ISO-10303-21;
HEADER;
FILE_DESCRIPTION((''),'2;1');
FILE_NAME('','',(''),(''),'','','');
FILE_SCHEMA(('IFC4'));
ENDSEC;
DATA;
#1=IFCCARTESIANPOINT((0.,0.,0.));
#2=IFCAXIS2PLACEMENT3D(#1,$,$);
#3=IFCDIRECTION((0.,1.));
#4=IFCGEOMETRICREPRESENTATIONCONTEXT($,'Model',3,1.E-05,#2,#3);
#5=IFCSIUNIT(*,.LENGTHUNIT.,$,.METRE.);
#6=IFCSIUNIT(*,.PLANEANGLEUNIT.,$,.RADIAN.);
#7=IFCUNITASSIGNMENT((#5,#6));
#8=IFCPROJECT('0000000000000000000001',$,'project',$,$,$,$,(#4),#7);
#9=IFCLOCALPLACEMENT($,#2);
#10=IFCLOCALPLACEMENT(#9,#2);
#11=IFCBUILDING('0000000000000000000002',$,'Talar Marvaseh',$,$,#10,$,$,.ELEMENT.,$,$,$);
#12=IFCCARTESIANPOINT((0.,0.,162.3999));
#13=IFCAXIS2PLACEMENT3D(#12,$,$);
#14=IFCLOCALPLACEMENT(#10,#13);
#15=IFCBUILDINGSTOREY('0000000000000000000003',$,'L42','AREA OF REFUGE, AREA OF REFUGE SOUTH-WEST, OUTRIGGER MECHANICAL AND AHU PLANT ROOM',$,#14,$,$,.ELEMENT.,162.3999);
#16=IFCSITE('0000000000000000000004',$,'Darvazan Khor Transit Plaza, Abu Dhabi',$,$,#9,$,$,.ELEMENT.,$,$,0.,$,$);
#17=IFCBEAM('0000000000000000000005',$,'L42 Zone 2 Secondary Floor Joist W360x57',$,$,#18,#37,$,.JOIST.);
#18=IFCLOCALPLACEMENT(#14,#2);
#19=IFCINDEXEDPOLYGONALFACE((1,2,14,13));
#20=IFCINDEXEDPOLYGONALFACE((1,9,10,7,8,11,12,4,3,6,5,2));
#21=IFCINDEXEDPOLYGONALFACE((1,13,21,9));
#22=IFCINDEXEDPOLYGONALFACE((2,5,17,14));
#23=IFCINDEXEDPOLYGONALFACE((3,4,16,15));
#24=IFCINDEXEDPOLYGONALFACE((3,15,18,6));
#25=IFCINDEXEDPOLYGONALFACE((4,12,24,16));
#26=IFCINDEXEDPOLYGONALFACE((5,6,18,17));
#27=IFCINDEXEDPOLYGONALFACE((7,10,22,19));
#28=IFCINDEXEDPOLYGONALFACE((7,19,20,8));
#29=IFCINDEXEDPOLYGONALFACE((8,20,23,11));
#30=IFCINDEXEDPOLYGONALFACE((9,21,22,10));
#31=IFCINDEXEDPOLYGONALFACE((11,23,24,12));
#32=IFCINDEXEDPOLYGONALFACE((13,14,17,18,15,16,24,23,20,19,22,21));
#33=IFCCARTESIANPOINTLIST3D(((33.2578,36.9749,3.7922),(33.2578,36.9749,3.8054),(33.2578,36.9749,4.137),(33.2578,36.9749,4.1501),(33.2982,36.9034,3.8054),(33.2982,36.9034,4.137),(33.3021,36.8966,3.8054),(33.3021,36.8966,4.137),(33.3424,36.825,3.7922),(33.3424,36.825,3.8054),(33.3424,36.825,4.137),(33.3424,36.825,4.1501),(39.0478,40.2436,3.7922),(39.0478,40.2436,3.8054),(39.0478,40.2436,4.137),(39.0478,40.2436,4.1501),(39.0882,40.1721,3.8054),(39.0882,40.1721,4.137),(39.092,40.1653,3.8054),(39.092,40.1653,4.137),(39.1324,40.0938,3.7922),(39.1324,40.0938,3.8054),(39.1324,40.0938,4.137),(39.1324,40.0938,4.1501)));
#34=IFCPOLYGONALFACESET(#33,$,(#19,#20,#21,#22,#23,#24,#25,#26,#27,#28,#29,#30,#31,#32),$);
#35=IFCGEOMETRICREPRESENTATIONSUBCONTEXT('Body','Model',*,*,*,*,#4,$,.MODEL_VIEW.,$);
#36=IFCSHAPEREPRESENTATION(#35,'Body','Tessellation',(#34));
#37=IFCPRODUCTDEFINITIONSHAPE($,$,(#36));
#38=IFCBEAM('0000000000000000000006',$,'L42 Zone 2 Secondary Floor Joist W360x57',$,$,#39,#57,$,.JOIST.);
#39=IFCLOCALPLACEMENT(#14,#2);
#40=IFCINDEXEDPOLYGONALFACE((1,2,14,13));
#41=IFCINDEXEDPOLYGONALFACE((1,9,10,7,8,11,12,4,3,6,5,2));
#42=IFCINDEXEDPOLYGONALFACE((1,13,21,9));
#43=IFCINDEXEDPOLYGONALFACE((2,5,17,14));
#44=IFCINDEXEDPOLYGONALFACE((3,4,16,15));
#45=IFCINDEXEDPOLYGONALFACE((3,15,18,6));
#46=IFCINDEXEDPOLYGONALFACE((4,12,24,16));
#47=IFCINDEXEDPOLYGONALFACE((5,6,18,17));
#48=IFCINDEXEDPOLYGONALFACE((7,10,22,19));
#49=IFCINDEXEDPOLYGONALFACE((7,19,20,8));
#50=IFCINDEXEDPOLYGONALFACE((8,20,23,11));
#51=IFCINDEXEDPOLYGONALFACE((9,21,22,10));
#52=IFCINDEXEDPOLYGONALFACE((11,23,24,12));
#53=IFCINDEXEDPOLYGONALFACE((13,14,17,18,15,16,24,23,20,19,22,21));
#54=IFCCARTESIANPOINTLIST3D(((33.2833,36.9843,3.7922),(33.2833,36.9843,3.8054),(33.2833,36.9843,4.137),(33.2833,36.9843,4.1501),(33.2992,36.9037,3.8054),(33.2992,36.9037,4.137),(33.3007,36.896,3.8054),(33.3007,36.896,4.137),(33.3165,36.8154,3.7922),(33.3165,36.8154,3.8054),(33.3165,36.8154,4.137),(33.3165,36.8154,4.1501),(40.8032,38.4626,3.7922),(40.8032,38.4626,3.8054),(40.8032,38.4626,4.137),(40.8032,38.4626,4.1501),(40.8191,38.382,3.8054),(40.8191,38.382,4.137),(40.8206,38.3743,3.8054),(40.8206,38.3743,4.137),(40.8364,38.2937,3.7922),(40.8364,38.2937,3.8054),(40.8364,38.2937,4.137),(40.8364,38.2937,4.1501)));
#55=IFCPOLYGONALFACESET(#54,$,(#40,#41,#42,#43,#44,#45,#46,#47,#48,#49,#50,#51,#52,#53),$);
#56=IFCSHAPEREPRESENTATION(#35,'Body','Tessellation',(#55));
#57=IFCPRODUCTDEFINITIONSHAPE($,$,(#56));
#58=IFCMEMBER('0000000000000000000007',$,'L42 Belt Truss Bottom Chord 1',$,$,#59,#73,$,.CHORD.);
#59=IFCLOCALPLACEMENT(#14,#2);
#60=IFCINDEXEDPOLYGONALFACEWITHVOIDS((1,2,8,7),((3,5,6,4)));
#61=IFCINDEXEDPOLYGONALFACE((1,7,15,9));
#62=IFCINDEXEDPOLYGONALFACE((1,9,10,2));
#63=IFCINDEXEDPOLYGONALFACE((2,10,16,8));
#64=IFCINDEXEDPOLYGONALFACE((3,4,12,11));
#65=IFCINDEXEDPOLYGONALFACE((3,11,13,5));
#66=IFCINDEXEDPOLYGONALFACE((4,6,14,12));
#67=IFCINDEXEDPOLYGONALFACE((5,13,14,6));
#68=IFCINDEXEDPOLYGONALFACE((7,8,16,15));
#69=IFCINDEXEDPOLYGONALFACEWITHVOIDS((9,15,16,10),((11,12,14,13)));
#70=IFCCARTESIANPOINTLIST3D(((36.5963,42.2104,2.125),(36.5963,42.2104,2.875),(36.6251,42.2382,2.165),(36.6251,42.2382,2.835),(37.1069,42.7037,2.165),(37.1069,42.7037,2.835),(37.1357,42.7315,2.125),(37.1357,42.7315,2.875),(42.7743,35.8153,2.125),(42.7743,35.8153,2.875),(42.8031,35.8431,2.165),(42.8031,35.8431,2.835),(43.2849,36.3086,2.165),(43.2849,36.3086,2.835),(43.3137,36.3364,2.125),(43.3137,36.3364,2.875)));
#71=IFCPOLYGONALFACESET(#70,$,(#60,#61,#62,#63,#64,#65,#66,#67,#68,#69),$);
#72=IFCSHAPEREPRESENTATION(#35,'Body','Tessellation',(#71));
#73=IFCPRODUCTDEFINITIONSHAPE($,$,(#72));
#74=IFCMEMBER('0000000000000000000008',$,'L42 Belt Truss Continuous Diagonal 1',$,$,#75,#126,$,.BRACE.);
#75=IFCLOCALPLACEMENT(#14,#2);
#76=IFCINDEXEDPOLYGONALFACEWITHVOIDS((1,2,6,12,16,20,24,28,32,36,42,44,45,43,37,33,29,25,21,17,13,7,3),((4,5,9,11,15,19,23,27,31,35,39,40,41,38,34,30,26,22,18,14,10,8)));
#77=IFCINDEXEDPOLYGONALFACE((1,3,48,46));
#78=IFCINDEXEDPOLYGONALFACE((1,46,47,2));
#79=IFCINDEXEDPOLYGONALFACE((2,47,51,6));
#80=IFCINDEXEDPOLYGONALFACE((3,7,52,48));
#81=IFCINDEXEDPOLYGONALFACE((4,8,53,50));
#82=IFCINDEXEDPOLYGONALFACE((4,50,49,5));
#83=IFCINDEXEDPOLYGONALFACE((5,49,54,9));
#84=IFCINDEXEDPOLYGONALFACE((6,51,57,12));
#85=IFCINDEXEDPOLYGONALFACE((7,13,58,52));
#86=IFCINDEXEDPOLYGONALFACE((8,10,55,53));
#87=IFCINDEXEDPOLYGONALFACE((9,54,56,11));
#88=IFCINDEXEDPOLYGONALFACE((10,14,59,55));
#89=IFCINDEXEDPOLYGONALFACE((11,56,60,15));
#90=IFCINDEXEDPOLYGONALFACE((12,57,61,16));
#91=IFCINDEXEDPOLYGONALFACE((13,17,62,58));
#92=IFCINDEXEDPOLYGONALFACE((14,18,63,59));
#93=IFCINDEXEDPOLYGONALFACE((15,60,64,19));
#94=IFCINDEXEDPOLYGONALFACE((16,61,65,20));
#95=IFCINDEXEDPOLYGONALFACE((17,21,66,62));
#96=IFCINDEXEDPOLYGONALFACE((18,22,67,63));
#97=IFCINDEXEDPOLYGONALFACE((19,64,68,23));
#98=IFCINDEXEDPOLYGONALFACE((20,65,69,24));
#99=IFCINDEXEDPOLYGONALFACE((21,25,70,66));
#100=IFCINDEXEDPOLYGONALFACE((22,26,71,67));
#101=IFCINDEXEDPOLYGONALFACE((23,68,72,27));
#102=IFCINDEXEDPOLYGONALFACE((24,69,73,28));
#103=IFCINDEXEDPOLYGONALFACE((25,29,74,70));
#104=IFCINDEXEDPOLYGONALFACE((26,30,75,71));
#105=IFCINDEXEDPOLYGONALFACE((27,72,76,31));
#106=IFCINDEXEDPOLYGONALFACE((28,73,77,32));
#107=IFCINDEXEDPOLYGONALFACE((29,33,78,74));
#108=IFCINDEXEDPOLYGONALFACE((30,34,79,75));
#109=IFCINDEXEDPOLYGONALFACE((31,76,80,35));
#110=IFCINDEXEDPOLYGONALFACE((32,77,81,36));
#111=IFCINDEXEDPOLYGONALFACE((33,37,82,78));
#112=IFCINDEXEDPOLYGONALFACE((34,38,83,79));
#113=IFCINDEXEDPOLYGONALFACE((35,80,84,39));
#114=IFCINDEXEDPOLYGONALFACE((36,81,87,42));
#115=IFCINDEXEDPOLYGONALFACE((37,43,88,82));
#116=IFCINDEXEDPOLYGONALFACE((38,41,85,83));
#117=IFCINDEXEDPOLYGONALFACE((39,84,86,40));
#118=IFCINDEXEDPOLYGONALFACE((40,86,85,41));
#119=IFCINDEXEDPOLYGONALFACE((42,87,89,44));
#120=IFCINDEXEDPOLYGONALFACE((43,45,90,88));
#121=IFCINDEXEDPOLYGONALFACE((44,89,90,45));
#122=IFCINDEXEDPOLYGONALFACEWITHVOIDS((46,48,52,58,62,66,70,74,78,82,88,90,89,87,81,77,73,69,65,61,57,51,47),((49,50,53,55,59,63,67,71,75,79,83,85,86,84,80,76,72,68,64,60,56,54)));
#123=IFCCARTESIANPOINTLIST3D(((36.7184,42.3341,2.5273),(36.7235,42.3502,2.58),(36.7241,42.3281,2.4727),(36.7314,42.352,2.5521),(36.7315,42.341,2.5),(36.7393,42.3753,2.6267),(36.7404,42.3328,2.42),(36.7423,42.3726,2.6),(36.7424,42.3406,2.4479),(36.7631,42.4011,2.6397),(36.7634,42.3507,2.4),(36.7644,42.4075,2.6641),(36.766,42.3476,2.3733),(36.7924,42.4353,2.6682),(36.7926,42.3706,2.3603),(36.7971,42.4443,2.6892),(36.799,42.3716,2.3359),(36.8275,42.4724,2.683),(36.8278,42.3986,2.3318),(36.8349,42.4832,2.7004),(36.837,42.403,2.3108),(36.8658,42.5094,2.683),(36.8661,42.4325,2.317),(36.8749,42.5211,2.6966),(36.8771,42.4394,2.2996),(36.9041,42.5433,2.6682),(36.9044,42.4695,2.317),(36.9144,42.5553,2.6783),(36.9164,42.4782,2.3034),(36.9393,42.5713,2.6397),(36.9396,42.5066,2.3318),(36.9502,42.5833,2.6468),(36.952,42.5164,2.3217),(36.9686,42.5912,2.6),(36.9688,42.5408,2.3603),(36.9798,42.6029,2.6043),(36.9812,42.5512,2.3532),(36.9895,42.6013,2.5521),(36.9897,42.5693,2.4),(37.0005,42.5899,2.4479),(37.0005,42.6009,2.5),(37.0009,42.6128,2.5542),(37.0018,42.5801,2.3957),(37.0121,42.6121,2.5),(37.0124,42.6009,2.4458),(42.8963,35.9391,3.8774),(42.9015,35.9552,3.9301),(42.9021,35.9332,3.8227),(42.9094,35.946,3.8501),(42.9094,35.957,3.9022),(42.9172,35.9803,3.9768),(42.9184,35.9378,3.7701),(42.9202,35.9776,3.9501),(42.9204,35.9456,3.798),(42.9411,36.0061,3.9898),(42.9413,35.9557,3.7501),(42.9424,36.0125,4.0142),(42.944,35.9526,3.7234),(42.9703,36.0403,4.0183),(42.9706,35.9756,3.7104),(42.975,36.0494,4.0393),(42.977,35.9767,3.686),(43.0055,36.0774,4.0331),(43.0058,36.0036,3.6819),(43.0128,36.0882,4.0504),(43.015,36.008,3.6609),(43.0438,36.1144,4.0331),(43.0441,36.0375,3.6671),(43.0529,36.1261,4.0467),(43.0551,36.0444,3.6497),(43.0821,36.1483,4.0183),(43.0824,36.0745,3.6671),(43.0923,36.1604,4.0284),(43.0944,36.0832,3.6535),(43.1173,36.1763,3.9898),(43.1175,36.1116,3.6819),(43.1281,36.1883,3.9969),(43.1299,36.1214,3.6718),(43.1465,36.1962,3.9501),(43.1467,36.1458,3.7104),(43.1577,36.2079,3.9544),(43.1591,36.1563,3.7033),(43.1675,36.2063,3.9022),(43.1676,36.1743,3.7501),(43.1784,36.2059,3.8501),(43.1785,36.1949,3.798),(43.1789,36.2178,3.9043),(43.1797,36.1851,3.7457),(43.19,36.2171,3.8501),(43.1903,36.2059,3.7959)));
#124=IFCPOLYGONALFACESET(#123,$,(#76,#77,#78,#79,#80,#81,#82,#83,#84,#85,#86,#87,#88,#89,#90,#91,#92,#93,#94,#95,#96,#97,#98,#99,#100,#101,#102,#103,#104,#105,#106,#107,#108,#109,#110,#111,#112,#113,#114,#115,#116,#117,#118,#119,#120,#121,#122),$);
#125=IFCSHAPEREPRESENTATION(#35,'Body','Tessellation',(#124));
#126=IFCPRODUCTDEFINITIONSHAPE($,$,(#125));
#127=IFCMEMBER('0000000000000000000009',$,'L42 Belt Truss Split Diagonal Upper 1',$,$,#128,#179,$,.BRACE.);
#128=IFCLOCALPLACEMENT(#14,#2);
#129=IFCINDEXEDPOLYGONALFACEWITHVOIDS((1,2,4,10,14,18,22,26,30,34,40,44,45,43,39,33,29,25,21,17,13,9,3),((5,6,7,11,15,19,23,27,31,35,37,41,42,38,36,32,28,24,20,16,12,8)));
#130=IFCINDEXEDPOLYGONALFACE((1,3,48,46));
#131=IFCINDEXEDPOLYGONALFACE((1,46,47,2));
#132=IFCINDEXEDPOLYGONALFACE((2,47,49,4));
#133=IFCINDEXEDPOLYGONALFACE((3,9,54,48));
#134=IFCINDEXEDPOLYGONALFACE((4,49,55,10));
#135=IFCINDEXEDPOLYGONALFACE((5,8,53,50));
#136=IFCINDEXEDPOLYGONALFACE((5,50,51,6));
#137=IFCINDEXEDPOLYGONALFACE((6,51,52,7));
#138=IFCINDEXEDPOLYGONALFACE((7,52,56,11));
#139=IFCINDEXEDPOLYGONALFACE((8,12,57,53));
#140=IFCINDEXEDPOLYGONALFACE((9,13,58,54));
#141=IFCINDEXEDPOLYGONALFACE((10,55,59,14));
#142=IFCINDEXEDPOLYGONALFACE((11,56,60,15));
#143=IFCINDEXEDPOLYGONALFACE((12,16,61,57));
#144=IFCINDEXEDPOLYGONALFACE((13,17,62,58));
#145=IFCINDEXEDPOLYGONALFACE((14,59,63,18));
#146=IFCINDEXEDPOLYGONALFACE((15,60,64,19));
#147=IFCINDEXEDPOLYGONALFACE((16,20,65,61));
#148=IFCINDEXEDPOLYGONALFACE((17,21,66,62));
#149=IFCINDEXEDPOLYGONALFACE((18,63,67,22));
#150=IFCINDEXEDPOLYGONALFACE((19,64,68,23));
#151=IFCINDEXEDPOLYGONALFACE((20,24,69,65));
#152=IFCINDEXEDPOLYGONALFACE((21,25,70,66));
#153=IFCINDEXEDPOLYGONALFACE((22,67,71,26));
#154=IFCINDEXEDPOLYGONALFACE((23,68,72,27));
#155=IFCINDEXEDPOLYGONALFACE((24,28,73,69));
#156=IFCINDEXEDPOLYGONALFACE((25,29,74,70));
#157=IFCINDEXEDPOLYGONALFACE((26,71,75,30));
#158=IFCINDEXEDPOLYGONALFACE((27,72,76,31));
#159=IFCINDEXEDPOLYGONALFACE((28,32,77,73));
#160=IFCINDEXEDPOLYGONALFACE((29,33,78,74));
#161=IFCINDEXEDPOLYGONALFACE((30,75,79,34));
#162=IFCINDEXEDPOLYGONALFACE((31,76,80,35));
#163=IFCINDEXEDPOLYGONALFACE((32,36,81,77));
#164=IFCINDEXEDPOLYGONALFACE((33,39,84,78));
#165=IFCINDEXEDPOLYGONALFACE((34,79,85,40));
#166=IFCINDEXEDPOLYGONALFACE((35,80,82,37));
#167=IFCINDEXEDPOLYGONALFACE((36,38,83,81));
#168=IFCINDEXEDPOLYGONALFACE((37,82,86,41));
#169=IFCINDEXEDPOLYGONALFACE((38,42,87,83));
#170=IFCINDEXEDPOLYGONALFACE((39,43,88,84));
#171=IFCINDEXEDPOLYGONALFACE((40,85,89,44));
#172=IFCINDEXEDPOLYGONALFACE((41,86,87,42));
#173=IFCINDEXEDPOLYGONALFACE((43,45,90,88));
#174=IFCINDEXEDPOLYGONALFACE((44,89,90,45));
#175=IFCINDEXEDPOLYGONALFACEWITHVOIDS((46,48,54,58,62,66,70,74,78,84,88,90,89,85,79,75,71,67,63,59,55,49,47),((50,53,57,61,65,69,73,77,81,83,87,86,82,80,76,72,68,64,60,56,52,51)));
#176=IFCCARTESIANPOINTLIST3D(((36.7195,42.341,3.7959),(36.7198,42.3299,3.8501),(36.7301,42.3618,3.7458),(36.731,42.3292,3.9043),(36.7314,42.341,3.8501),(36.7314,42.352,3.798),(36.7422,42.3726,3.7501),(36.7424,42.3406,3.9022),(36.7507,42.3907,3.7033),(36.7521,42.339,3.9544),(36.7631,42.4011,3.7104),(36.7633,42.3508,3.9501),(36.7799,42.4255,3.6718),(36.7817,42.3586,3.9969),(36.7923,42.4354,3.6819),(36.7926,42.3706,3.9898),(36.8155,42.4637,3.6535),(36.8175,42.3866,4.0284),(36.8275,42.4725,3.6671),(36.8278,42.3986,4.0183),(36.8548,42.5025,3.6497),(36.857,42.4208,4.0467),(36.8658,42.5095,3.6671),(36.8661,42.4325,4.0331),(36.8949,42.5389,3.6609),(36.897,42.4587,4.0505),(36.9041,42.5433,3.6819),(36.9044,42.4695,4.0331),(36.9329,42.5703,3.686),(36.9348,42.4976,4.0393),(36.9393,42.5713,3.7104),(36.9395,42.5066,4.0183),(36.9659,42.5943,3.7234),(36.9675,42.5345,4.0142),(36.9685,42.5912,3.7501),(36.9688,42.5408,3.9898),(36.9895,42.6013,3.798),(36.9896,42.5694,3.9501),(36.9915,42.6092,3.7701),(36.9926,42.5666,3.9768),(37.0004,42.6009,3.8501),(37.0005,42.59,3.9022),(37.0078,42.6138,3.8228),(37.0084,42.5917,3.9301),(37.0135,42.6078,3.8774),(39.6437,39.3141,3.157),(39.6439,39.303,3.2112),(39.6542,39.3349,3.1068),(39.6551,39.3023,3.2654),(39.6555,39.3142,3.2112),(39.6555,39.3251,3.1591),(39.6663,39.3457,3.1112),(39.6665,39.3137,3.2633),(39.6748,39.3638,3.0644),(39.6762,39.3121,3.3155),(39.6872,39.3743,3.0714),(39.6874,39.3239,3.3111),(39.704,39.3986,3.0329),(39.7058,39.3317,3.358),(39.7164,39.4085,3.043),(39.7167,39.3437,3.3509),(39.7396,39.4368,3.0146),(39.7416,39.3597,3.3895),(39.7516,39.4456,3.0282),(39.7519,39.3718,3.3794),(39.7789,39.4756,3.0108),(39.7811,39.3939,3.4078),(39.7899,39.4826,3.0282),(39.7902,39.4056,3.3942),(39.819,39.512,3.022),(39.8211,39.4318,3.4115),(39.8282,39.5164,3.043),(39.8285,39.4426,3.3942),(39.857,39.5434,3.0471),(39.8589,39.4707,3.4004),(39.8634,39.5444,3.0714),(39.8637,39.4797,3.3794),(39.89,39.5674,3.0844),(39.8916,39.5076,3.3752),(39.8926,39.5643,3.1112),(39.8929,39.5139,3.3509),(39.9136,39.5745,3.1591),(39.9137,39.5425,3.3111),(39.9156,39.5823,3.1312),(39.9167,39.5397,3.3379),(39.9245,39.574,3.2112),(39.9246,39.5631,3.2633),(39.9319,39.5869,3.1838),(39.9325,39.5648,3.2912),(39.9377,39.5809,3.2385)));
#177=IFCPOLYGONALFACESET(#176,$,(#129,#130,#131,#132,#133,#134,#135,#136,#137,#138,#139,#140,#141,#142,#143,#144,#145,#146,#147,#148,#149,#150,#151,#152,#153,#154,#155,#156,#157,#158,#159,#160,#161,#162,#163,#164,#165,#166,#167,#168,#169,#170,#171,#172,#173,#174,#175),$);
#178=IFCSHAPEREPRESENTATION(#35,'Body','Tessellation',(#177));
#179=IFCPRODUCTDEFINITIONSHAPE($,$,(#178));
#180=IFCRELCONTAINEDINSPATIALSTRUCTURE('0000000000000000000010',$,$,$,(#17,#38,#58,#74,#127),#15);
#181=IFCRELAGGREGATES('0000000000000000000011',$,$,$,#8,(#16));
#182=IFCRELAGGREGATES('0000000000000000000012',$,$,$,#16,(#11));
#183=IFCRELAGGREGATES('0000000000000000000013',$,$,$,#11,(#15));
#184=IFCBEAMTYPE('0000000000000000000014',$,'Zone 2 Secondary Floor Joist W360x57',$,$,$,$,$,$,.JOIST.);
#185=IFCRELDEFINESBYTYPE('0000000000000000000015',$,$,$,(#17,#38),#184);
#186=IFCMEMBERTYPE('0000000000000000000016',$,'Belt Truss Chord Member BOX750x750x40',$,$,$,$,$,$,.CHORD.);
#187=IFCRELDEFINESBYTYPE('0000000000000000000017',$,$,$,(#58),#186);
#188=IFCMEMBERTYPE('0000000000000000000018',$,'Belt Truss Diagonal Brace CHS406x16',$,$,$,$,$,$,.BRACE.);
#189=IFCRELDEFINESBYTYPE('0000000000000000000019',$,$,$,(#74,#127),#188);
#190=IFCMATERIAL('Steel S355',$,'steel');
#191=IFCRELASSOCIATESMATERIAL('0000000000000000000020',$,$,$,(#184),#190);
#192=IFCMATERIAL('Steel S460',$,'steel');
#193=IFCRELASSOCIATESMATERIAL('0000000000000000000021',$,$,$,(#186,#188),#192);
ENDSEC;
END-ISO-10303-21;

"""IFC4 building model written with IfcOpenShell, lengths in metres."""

from ifc_helpers import new_model, si_unit, direction, frame, origin, origin_2d, place, context, subcontext, project, spatial, hollow_rectangle, hollow_circle, i_section, extrude, source, transform, mapped, material, material_profile, profile_set, type_object, type_shapes, element, save


model = new_model("IFC4")

# Units and contexts
model_context = context("Model", 3, precision=1e-05, world=origin(), true_north=direction((0.0, 1.0)))
body_context = subcontext(model_context, "Body", "Model", "MODEL_VIEW")
ifc_project = project(units=[si_unit("LENGTHUNIT", "METRE"), si_unit("PLANEANGLEUNIT", "RADIAN")], contexts=[model_context])

# Site, building, storey
site_placement = place(None, origin())
site = spatial("IfcSite", under=ifc_project, at=site_placement, Name="Darvazan Khor Transit Plaza, Abu Dhabi", CompositionType="ELEMENT", RefElevation=0.0)
building_placement = place(site_placement, origin())
building = spatial("IfcBuilding", under=site, at=building_placement, Name="Talar Marvaseh", CompositionType="ELEMENT")
storey_placement = place(building_placement, frame((0.0, 0.0, 162.3999)))
storey = spatial("IfcBuildingStorey", under=building, at=storey_placement, Name="L42", Description="AREA OF REFUGE, AREA OF REFUGE SOUTH-WEST, OUTRIGGER MECHANICAL AND AHU PLANT ROOM", CompositionType="ELEMENT", Elevation=162.3999)

# Beams
ifc_material_1 = material(Name="Steel S355", Category="steel")
ifc_material_profile_1 = material_profile(ifc_material_1, i_section(OverallWidth=0.1721, OverallDepth=0.3579, WebThickness=0.0078, FlangeThickness=0.0132, at=origin_2d()), Name="W360x57")
ifc_profile_set_1 = profile_set([ifc_material_profile_1], Name="Steel S355")
beam_type = type_object("IfcBeamType", Name="Zone 2 Secondary Floor Joist W360x57", PredefinedType="JOIST", material=ifc_profile_set_1)
beam_1_placement = place(storey_placement, frame((39.0901, 40.1687, 3.9712), z_axis=(-0.87081, -0.49162, 0.0), x_axis=(0.49162, -0.87081, 0.0)))
element("IfcBeam", 1, at=beam_1_placement, inside=storey, type_object=beam_type, Name="L42 Zone 2 Secondary Floor Joist W360x57", PredefinedType="JOIST", context=body_context, shape_type="SweptSolid", body=[
    extrude(i_section(OverallWidth=0.1721, OverallDepth=0.3579, WebThickness=0.0078, FlangeThickness=0.0132, at=origin_2d()), origin(), (0.0, 0.0, 1.0), 6.6489),
])
beam_2_placement = place(storey_placement, frame((40.8198, 38.3782, 3.9712), z_axis=(-0.98122, -0.192893, 0.0), x_axis=(0.192893, -0.98122, 0.0)))
element("IfcBeam", 2, at=beam_2_placement, inside=storey, type_object=beam_type, Name="L42 Zone 2 Secondary Floor Joist W360x57", PredefinedType="JOIST", context=body_context, shape_type="SweptSolid", body=[
    extrude(i_section(OverallWidth=0.1721, OverallDepth=0.3579, WebThickness=0.0078, FlangeThickness=0.0132, at=origin_2d()), origin(), (0.0, 0.0, 1.0), 7.6638),
])

# Members
ifc_material_2 = material(Name="Steel S460", Category="steel")
ifc_material_profile_2 = material_profile(ifc_material_2, hollow_rectangle(XDim=0.75, YDim=0.75, WallThickness=0.04, at=origin_2d()), Name="BOX750x750x40")
ifc_profile_set_2 = profile_set([ifc_material_profile_2], Name="Steel S460")
member_type_1 = type_object("IfcMemberType", Name="Belt Truss Chord Member BOX750x750x40", PredefinedType="CHORD", material=ifc_profile_set_2)
shared_shape_1 = source(origin(), body_context, "Body", "SweptSolid", [
    extrude(hollow_rectangle(XDim=0.75, YDim=0.75, WallThickness=0.04, at=origin_2d()), origin(), (0.0, 0.0, 1.0), 8.8918),
])
type_shapes(member_type_1, [shared_shape_1])
member_1_placement = place(storey_placement, frame((36.866, 42.4709, 2.5), z_axis=(0.694797, -0.719206, 0.0), x_axis=(0.719206, 0.694797, 0.0)))
element("IfcMember", 3, at=member_1_placement, inside=storey, type_object=member_type_1, Name="L42 Belt Truss Bottom Chord 1", PredefinedType="CHORD", context=body_context, shape_type="MappedRepresentation", body=[
    mapped(shared_shape_1, transform((0.0, 0.0, 0.0), x_axis=(1.0, 0.0, 0.0), y_axis=(0.0, 1.0, 0.0), z_axis=(0.0, 0.0, 1.0), scale=1.0)),
])
ifc_material_profile_3 = material_profile(ifc_material_2, hollow_circle(Radius=0.2031, WallThickness=0.0161, at=origin_2d()), Name="CHS406x16")
ifc_profile_set_3 = profile_set([ifc_material_profile_3], Name="Steel S460")
member_type_2 = type_object("IfcMemberType", Name="Belt Truss Diagonal Brace CHS406x16", PredefinedType="BRACE", material=ifc_profile_set_3)
shared_shape_2 = source(origin(), body_context, "Body", "SweptSolid", [
    extrude(hollow_circle(Radius=0.2031, WallThickness=0.0161, at=origin_2d()), origin(), (0.0, 0.0, 1.0), 8.9937),
])
member_2_placement = place(storey_placement, frame((36.866, 42.4709, 2.5), z_axis=(0.686924, -0.711056, 0.150116), x_axis=(0.719206, 0.694797, 0.0)))
element("IfcMember", 4, at=member_2_placement, inside=storey, type_object=member_type_2, Name="L42 Belt Truss Continuous Diagonal 1", PredefinedType="BRACE", context=body_context, shape_type="MappedRepresentation", body=[
    mapped(shared_shape_2, transform((0.0, 0.0, 0.0), x_axis=(1.0, 0.0, 0.0), y_axis=(0.0, 1.0, 0.0), z_axis=(0.0, 0.0, 1.0), scale=1.0)),
])
shared_shape_3 = source(origin(), body_context, "Body", "SweptSolid", [
    extrude(hollow_circle(Radius=0.2031, WallThickness=0.0161, at=origin_2d()), origin(), (0.0, 0.0, 1.0), 4.2568),
])
member_3_placement = place(storey_placement, frame((39.79, 39.4441, 3.2112), z_axis=(-0.686919, 0.711065, 0.150093), x_axis=(-0.719213, -0.69479, 0.0)))
element("IfcMember", 5, at=member_3_placement, inside=storey, type_object=member_type_2, Name="L42 Belt Truss Split Diagonal Upper 1", PredefinedType="BRACE", context=body_context, shape_type="MappedRepresentation", body=[
    mapped(shared_shape_3, transform((0.0, 0.0, 0.0), x_axis=(1.0, 0.0, 0.0), y_axis=(0.0, 1.0, 0.0), z_axis=(0.0, 0.0, 1.0), scale=1.0)),
])

save(model, "model.ifc")
